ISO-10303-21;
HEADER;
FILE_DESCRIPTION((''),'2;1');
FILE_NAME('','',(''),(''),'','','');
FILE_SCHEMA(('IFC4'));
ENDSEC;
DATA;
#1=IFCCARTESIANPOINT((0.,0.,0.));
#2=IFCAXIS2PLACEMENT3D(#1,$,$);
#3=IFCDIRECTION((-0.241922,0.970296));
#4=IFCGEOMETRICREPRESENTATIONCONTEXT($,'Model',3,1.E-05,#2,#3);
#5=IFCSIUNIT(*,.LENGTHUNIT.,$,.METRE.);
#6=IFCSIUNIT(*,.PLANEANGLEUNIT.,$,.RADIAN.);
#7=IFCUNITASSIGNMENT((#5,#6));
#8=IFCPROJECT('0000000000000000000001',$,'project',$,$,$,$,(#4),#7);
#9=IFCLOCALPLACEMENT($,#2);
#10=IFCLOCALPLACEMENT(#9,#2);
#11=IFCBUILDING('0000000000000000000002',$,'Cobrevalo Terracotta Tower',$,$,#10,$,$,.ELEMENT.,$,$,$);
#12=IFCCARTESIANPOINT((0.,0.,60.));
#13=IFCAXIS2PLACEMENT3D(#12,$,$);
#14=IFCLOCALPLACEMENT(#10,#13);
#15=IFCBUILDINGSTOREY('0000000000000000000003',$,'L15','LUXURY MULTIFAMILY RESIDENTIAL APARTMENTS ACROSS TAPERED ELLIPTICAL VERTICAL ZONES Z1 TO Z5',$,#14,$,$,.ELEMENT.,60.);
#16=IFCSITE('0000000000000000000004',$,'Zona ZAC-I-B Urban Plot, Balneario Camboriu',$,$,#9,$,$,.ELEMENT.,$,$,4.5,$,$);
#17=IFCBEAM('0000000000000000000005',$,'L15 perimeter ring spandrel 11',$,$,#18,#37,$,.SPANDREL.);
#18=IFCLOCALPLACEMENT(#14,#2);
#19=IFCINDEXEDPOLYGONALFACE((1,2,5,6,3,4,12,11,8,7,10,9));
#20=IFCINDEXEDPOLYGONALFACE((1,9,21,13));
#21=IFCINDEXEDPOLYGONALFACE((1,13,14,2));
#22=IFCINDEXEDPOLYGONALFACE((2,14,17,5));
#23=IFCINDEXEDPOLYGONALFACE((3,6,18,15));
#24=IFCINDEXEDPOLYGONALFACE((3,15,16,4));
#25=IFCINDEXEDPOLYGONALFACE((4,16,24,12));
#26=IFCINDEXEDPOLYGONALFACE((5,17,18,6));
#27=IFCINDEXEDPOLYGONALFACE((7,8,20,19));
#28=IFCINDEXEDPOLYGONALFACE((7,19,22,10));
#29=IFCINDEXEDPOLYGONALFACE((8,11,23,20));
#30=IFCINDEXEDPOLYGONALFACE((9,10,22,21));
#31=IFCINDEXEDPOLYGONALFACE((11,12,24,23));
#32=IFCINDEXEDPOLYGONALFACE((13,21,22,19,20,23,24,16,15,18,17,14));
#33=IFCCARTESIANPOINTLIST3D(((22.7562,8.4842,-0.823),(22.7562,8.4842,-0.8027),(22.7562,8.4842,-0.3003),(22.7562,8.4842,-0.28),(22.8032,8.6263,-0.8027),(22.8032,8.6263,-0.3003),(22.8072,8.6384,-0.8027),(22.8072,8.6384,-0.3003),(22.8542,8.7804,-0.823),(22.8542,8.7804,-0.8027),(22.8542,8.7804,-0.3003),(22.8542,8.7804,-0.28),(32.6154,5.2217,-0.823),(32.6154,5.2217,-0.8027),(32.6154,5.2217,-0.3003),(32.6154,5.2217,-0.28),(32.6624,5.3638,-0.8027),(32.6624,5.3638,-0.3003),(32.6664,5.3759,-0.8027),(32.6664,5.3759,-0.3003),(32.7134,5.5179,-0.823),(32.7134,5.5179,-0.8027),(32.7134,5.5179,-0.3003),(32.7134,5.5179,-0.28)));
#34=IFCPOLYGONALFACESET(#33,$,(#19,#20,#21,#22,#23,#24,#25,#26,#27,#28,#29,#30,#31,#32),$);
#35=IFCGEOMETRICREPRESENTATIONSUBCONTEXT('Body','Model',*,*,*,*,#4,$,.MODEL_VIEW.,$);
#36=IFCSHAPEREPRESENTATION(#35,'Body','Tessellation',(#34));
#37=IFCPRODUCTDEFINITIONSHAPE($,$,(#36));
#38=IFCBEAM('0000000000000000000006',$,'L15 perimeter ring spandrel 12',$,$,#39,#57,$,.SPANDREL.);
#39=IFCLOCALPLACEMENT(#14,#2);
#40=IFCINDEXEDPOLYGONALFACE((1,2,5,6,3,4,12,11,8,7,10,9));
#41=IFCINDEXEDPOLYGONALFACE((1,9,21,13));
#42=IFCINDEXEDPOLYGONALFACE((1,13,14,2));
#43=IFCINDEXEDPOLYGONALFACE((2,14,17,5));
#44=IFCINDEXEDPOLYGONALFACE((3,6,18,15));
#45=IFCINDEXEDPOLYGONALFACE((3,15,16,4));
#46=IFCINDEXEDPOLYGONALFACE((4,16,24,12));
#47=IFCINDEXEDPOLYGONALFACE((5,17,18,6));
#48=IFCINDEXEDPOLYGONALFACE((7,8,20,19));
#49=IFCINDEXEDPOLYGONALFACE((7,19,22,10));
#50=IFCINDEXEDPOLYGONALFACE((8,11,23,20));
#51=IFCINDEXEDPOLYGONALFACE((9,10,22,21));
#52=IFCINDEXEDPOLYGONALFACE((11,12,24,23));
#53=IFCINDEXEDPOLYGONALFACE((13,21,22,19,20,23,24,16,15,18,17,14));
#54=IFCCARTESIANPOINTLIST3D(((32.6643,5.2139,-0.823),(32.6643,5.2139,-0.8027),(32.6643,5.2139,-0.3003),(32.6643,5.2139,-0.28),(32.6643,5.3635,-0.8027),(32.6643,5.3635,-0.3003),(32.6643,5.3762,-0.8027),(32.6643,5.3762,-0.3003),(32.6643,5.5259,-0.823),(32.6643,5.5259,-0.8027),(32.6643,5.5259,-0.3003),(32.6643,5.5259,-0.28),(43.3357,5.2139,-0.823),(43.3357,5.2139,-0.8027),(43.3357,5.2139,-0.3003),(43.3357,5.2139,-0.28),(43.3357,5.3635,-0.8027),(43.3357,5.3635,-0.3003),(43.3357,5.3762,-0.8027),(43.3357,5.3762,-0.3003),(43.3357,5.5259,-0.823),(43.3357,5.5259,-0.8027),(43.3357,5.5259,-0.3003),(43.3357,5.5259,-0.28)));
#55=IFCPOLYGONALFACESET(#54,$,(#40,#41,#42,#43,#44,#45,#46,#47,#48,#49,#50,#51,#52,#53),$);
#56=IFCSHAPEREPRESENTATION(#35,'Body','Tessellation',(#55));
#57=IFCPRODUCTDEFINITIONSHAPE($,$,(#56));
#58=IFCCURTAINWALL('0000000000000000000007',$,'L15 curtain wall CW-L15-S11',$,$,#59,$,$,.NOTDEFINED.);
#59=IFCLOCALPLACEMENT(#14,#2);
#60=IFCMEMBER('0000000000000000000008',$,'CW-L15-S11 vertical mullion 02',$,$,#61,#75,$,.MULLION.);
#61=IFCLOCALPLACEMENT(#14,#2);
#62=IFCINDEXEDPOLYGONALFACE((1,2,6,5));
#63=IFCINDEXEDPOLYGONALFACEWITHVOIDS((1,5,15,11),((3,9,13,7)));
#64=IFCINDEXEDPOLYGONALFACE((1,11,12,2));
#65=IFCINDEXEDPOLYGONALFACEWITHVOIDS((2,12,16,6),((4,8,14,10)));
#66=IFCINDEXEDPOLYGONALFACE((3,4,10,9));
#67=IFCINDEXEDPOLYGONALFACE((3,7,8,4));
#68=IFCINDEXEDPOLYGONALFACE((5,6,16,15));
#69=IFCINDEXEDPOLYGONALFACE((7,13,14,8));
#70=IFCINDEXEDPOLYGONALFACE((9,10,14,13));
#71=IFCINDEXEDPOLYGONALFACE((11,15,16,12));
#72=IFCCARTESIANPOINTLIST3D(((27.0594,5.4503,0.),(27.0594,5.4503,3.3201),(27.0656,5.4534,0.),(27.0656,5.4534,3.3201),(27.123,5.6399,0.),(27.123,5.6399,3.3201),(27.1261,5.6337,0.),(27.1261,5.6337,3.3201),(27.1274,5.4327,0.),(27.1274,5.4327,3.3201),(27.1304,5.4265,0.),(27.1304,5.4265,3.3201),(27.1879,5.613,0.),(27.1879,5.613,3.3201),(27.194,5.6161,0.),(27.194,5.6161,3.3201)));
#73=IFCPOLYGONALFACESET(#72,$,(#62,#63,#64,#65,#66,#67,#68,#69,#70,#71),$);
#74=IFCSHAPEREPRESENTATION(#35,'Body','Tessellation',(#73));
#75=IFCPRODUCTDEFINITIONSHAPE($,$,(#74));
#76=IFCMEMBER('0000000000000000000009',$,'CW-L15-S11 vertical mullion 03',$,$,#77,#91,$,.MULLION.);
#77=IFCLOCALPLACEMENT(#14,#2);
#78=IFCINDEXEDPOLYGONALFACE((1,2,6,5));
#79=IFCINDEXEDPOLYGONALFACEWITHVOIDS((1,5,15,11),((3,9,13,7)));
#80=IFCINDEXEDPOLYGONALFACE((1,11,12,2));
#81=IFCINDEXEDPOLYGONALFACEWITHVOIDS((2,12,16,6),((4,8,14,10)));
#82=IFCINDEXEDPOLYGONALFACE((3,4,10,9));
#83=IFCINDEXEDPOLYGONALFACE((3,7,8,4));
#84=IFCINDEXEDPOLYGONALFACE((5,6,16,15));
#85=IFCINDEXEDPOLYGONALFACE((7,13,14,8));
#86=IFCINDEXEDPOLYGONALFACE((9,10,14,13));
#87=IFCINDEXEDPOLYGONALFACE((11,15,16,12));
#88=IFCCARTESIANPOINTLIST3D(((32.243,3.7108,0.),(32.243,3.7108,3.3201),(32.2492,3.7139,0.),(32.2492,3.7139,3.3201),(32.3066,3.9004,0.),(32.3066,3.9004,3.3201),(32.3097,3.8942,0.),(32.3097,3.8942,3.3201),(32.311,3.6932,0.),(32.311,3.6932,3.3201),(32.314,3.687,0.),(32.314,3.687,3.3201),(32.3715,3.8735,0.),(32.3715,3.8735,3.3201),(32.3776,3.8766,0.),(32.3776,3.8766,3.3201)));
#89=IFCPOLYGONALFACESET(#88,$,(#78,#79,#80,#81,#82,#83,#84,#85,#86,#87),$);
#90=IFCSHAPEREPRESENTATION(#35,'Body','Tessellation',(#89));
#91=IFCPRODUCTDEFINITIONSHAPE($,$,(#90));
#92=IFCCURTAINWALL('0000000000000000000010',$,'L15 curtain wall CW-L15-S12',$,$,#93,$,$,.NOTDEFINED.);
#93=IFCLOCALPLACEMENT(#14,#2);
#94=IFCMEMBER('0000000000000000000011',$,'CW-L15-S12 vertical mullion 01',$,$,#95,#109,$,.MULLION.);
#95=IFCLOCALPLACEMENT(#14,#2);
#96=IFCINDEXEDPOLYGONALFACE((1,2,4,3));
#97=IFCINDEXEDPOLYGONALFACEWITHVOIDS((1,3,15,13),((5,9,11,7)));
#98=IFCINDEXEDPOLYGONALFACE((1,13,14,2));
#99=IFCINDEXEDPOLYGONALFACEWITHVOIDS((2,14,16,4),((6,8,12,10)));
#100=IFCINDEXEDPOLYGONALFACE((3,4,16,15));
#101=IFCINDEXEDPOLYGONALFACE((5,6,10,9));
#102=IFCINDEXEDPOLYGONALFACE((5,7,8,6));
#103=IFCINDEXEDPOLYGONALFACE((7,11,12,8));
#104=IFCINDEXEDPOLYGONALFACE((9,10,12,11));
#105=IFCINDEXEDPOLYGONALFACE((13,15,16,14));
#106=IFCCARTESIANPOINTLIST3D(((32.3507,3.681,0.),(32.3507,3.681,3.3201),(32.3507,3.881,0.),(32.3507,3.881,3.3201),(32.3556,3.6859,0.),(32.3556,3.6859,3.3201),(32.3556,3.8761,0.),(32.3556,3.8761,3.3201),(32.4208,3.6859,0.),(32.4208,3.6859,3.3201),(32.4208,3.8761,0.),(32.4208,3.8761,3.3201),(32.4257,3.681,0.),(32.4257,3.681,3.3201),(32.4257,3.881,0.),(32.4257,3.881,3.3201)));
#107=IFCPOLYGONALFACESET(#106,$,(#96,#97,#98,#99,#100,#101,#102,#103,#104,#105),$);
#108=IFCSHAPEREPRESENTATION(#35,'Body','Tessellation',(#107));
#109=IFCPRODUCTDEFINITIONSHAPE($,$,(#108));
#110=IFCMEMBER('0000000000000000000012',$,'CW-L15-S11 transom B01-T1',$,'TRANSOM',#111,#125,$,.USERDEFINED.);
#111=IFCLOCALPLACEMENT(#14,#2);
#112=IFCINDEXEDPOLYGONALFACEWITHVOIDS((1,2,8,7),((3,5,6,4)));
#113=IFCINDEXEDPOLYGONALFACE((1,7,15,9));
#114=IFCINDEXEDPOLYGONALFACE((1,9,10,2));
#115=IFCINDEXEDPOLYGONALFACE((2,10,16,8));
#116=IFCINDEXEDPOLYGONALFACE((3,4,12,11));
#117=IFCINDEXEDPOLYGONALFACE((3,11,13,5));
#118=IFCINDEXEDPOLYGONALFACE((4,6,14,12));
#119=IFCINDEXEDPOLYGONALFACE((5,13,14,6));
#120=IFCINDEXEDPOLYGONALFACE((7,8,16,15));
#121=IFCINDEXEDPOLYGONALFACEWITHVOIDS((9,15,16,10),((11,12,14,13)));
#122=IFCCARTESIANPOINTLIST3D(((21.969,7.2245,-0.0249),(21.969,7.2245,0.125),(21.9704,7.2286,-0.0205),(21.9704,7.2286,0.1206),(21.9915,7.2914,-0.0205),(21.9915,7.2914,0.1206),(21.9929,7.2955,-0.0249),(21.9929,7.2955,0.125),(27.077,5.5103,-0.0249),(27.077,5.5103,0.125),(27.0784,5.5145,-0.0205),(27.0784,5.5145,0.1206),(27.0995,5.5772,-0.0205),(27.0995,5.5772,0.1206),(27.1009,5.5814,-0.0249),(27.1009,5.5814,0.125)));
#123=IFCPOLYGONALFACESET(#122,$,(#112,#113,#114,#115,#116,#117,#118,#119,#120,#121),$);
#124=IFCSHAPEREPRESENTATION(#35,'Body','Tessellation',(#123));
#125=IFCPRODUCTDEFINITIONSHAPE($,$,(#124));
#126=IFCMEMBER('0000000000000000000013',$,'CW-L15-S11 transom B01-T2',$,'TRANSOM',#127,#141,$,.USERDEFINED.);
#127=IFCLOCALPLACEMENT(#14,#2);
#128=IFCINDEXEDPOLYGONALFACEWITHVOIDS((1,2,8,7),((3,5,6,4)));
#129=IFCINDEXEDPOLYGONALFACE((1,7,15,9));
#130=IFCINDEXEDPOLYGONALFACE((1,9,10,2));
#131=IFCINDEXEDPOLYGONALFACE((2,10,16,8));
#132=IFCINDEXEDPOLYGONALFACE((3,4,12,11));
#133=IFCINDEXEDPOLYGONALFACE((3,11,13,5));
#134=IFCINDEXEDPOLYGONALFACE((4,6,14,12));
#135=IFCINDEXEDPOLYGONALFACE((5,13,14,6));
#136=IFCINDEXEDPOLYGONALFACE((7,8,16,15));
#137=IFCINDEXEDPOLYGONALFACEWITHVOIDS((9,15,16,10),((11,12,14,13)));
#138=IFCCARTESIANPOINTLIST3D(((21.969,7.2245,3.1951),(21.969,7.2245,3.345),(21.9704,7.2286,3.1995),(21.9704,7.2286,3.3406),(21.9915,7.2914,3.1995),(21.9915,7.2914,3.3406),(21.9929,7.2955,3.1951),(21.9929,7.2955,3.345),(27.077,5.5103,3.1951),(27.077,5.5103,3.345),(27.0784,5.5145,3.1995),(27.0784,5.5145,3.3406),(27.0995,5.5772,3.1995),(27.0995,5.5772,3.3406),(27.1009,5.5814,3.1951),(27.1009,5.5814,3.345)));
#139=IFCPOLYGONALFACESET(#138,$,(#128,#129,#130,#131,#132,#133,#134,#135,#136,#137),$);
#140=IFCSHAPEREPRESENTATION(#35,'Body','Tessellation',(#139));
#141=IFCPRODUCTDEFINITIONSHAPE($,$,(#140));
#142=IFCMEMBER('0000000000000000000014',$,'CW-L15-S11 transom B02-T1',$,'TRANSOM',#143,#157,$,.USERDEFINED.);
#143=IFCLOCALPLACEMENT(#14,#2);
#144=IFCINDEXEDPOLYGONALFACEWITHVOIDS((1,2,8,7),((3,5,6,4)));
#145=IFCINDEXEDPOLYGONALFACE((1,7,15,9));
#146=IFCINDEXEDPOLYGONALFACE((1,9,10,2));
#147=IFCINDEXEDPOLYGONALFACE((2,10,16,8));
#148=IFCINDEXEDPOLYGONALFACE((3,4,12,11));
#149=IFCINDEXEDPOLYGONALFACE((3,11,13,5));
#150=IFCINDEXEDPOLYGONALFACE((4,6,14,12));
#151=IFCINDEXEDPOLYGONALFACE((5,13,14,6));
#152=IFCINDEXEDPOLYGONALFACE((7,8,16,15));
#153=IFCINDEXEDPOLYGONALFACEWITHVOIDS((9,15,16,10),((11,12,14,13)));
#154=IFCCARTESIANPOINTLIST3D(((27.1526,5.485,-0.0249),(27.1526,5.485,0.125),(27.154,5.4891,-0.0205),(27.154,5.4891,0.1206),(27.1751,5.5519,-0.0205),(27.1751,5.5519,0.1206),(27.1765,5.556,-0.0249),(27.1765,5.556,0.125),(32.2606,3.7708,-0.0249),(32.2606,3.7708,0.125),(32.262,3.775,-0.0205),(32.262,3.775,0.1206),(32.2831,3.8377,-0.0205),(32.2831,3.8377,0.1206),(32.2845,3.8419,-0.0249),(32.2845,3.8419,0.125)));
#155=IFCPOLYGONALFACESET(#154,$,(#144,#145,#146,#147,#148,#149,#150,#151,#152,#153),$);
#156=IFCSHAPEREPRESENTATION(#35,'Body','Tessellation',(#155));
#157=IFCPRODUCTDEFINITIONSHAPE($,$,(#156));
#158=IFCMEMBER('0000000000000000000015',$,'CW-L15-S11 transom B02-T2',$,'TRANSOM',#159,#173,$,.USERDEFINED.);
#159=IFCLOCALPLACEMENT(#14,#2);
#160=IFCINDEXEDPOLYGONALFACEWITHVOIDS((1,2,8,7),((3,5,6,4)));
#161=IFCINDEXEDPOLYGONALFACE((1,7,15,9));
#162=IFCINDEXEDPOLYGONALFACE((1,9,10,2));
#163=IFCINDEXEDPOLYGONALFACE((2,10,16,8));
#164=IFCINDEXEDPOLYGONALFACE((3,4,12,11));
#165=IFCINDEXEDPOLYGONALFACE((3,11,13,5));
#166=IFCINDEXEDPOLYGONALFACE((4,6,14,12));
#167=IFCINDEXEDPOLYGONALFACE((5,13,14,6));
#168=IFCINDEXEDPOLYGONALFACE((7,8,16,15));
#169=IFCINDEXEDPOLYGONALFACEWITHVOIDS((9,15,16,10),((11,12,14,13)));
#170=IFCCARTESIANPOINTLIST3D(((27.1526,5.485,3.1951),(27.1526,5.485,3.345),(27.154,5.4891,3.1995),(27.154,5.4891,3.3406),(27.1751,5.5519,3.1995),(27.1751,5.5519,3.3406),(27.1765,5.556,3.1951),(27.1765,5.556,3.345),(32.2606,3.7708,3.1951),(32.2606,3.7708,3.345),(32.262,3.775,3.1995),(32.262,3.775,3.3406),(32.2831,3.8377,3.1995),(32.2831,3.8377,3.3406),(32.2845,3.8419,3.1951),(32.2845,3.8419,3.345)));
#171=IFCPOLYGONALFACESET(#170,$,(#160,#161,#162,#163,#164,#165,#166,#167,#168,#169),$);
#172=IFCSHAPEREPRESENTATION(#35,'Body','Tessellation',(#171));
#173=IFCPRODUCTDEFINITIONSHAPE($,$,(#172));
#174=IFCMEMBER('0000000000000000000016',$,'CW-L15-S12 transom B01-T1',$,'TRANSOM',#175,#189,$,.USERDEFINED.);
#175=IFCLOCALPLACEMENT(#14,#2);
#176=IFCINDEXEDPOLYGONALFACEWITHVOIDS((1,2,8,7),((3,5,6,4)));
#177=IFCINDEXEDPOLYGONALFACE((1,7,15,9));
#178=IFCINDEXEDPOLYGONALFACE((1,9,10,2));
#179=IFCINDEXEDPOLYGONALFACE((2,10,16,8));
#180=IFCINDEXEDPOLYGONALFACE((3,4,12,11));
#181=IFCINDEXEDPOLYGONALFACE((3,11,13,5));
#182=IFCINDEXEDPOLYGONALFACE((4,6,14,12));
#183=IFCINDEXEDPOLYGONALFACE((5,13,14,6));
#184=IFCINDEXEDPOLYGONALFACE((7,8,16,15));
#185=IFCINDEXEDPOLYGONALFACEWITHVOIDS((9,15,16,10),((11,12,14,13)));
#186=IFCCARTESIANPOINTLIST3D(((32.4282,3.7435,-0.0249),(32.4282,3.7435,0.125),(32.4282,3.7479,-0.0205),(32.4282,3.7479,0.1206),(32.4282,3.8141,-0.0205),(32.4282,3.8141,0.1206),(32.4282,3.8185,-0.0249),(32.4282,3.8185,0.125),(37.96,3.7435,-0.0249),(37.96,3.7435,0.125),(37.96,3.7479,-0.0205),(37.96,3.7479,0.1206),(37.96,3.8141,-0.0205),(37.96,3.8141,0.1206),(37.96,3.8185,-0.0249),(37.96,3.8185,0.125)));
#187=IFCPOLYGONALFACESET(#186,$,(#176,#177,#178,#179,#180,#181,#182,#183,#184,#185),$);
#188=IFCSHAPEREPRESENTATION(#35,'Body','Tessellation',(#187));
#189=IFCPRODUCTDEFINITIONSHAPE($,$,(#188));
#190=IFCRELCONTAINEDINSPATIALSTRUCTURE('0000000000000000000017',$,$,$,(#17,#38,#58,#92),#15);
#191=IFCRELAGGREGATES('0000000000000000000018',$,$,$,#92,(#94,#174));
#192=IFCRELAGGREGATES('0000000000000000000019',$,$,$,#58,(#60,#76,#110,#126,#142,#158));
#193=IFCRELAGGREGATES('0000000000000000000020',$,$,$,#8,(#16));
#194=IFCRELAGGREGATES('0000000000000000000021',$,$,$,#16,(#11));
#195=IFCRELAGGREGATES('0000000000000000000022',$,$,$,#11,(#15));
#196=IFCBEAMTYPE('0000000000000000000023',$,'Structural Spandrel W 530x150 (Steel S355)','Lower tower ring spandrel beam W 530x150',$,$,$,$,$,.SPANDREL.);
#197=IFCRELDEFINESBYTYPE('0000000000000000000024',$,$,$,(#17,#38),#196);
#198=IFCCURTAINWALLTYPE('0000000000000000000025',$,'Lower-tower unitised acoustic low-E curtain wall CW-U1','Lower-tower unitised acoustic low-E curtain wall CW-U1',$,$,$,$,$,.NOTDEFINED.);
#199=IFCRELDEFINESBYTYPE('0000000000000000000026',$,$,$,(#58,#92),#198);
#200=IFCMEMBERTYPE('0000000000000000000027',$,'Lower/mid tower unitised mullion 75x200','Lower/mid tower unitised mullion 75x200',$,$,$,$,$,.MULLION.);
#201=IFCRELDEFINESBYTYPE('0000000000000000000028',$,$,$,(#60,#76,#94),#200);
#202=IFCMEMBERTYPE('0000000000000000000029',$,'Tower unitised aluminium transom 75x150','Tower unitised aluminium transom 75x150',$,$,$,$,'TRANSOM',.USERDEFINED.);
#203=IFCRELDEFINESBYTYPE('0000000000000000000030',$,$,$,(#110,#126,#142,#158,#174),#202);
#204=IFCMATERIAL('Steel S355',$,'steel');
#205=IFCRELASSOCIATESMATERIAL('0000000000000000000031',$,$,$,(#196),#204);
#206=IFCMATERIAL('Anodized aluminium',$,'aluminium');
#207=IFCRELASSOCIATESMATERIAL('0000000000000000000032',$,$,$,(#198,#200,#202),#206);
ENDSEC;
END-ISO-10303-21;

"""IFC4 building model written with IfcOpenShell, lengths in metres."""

from ifc_helpers import new_model, si_unit, direction, frame, origin, origin_2d, place, context, subcontext, project, spatial, hollow_rectangle, i_section, extrude, source, transform, mapped, material, material_profile, profile_set, type_object, element, aggregate, save


model = new_model("IFC4")

# Units and contexts
model_context = context("Model", 3, precision=1e-05, world=origin(), true_north=direction((-0.241922, 0.970296)))
body_context = subcontext(model_context, "Body", "Model", "MODEL_VIEW")
ifc_project = project(units=[si_unit("LENGTHUNIT", "METRE"), si_unit("PLANEANGLEUNIT", "RADIAN")], contexts=[model_context])

# Site, building, storey
site_placement = place(None, origin())
site = spatial("IfcSite", under=ifc_project, at=site_placement, Name="Zona ZAC-I-B Urban Plot, Balneario Camboriu", CompositionType="ELEMENT", RefElevation=4.5)
building_placement = place(site_placement, origin())
building = spatial("IfcBuilding", under=site, at=building_placement, Name="Cobrevalo Terracotta Tower", CompositionType="ELEMENT")
storey_placement = place(building_placement, frame((0.0, 0.0, 60.0)))
storey = spatial("IfcBuildingStorey", under=building, at=storey_placement, Name="L15", Description="LUXURY MULTIFAMILY RESIDENTIAL APARTMENTS ACROSS TAPERED ELLIPTICAL VERTICAL ZONES Z1 TO Z5", CompositionType="ELEMENT", Elevation=60.0)

# Shared definitions
ifc_material_1 = material(Name="Steel S355", Category="steel")

# Beams
ifc_material_profile_1 = material_profile(ifc_material_1, i_section(OverallWidth=0.312, OverallDepth=0.543, WebThickness=0.0127, FlangeThickness=0.0203, at=origin_2d()), Name="W 530x150")
ifc_profile_set_1 = profile_set([ifc_material_profile_1], Name="Steel S355")
beam_type_1 = type_object("IfcBeamType", Name="Structural Spandrel W 530x150 (Steel S355)", Description="Lower tower ring spandrel beam W 530x150", PredefinedType="SPANDREL", material=ifc_profile_set_1)
beam_1_placement = place(storey_placement, frame((22.8052, 8.6323, -0.5515), z_axis=(0.949372, -0.314153, 0.0), x_axis=(0.314153, 0.949372, 0.0)))
element("IfcBeam", 1, at=beam_1_placement, inside=storey, type_object=beam_type_1, Name="L15 perimeter ring spandrel 11", PredefinedType="SPANDREL", context=body_context, shape_type="SweptSolid", body=[
    extrude(i_section(OverallWidth=0.312, OverallDepth=0.543, WebThickness=0.0127, FlangeThickness=0.0203, at=origin_2d()), origin(), (0.0, 0.0, 1.0), 10.385),
])
beam_2_placement = place(storey_placement, frame((32.6643, 5.3699, -0.5515), z_axis=(1.0, 0.0, 0.0), x_axis=(0.0, 1.0, 0.0)))
element("IfcBeam", 2, at=beam_2_placement, inside=storey, type_object=beam_type_1, Name="L15 perimeter ring spandrel 12", PredefinedType="SPANDREL", context=body_context, shape_type="SweptSolid", body=[
    extrude(i_section(OverallWidth=0.312, OverallDepth=0.543, WebThickness=0.0127, FlangeThickness=0.0203, at=origin_2d()), origin(), (0.0, 0.0, 1.0), 10.6714),
])

# Curtain wall, members
ifc_material_2 = material(Name="Anodized aluminium", Category="aluminium")
curtain_wall_type = type_object("IfcCurtainWallType", Name="Lower-tower unitised acoustic low-E curtain wall CW-U1", Description="Lower-tower unitised acoustic low-E curtain wall CW-U1", PredefinedType="NOTDEFINED", material=ifc_material_2)
curtain_wall_1_placement = place(storey_placement, origin())
curtain_wall_1 = element("IfcCurtainWall", 3, at=curtain_wall_1_placement, inside=storey, type_object=curtain_wall_type, Name="L15 curtain wall CW-L15-S11", PredefinedType="NOTDEFINED")
ifc_material_profile_2 = material_profile(ifc_material_2, hollow_rectangle(XDim=0.075, YDim=0.2, WallThickness=0.0049, at=origin_2d()), Name="CWM 75x200")
ifc_profile_set_2 = profile_set([ifc_material_profile_2], Name="Anodized aluminium")
member_type_1 = type_object("IfcMemberType", Name="Lower/mid tower unitised mullion 75x200", Description="Lower/mid tower unitised mullion 75x200", PredefinedType="MULLION", material=ifc_profile_set_2)
shared_shape_1 = source(origin(), body_context, "Body", "SweptSolid", [
    extrude(hollow_rectangle(XDim=0.075, YDim=0.2, WallThickness=0.0049, at=origin_2d()), origin(), (0.0, 0.0, 1.0), 3.3201),
])
member_1_placement = place(storey_placement, frame((27.1267, 5.5332, 0.0), z_axis=(0.0, 0.0, 1.0), x_axis=(0.948046, -0.318132, 0.0)))
member_1 = element("IfcMember", 4, at=member_1_placement, type_object=member_type_1, Name="CW-L15-S11 vertical mullion 02", PredefinedType="MULLION", context=body_context, shape_type="MappedRepresentation", body=[
    mapped(shared_shape_1, transform((0.0, 0.0, 0.0), scale=1.0)),
])
member_2_placement = place(storey_placement, frame((32.3103, 3.7937, 0.0), z_axis=(0.0, 0.0, 1.0), x_axis=(0.948046, -0.318132, 0.0)))
member_2 = element("IfcMember", 5, at=member_2_placement, type_object=member_type_1, Name="CW-L15-S11 vertical mullion 03", PredefinedType="MULLION", context=body_context, shape_type="MappedRepresentation", body=[
    mapped(shared_shape_1, transform((0.0, 0.0, 0.0), scale=1.0)),
])

# Curtain wall, member
curtain_wall_2_placement = place(storey_placement, origin())
curtain_wall_2 = element("IfcCurtainWall", 6, at=curtain_wall_2_placement, inside=storey, type_object=curtain_wall_type, Name="L15 curtain wall CW-L15-S12", PredefinedType="NOTDEFINED")
member_3_placement = place(storey_placement, frame((32.3882, 3.781, 0.0), z_axis=(0.0, 0.0, 1.0), x_axis=(1.0, 0.0, 0.0)))
member_3 = element("IfcMember", 7, at=member_3_placement, type_object=member_type_1, Name="CW-L15-S12 vertical mullion 01", PredefinedType="MULLION", context=body_context, shape_type="MappedRepresentation", body=[
    mapped(shared_shape_1, transform((0.0, 0.0, 0.0), scale=1.0)),
])

# Members
ifc_material_profile_3 = material_profile(ifc_material_2, hollow_rectangle(XDim=0.075, YDim=0.1499, WallThickness=0.0044, at=origin_2d()), Name="CWT 75x150")
ifc_profile_set_3 = profile_set([ifc_material_profile_3], Name="Anodized aluminium")
member_type_2 = type_object("IfcMemberType", Name="Tower unitised aluminium transom 75x150", Description="Tower unitised aluminium transom 75x150", ElementType="TRANSOM", PredefinedType="USERDEFINED", material=ifc_profile_set_3)
shared_shape_2 = source(origin(), body_context, "Body", "SweptSolid", [
    extrude(hollow_rectangle(XDim=0.075, YDim=0.1499, WallThickness=0.0044, at=origin_2d()), origin(), (0.0, 0.0, 1.0), 5.3879),
])
member_4_placement = place(storey_placement, frame((21.981, 7.26, 0.05), z_axis=(0.948042, -0.318144, 0.0), x_axis=(0.318144, 0.948042, 0.0)))
member_4 = element("IfcMember", 8, at=member_4_placement, type_object=member_type_2, Name="CW-L15-S11 transom B01-T1", ObjectType="TRANSOM", PredefinedType="USERDEFINED", context=body_context, shape_type="MappedRepresentation", body=[
    mapped(shared_shape_2, transform((0.0, 0.0, 0.0), scale=1.0)),
])
member_5_placement = place(storey_placement, frame((21.981, 7.26, 3.27), z_axis=(0.948042, -0.318144, 0.0), x_axis=(0.318144, 0.948042, 0.0)))
member_5 = element("IfcMember", 9, at=member_5_placement, type_object=member_type_2, Name="CW-L15-S11 transom B01-T2", ObjectType="TRANSOM", PredefinedType="USERDEFINED", context=body_context, shape_type="MappedRepresentation", body=[
    mapped(shared_shape_2, transform((0.0, 0.0, 0.0), scale=1.0)),
])
member_6_placement = place(storey_placement, frame((27.1646, 5.5205, 0.05), z_axis=(0.948042, -0.318144, 0.0), x_axis=(0.318144, 0.948042, 0.0)))
member_6 = element("IfcMember", 10, at=member_6_placement, type_object=member_type_2, Name="CW-L15-S11 transom B02-T1", ObjectType="TRANSOM", PredefinedType="USERDEFINED", context=body_context, shape_type="MappedRepresentation", body=[
    mapped(shared_shape_2, transform((0.0, 0.0, 0.0), scale=1.0)),
])
member_7_placement = place(storey_placement, frame((27.1646, 5.5205, 3.27), z_axis=(0.948042, -0.318144, 0.0), x_axis=(0.318144, 0.948042, 0.0)))
member_7 = element("IfcMember", 11, at=member_7_placement, type_object=member_type_2, Name="CW-L15-S11 transom B02-T2", ObjectType="TRANSOM", PredefinedType="USERDEFINED", context=body_context, shape_type="MappedRepresentation", body=[
    mapped(shared_shape_2, transform((0.0, 0.0, 0.0), scale=1.0)),
])
shared_shape_3 = source(origin(), body_context, "Body", "SweptSolid", [
    extrude(hollow_rectangle(XDim=0.075, YDim=0.1499, WallThickness=0.0044, at=origin_2d()), origin(), (0.0, 0.0, 1.0), 5.5317),
])
member_8_placement = place(storey_placement, frame((32.4282, 3.781, 0.05), z_axis=(1.0, 0.0, 0.0), x_axis=(0.0, 1.0, 0.0)))
member_8 = element("IfcMember", 12, at=member_8_placement, type_object=member_type_2, Name="CW-L15-S12 transom B01-T1", ObjectType="TRANSOM", PredefinedType="USERDEFINED", context=body_context, shape_type="MappedRepresentation", body=[
    mapped(shared_shape_3, transform((0.0, 0.0, 0.0), scale=1.0)),
])
aggregate(curtain_wall_2, [member_3, member_8])

aggregate(curtain_wall_1, [member_1, member_2, member_4, member_5, member_6, member_7])

save(model, "model.ifc")
